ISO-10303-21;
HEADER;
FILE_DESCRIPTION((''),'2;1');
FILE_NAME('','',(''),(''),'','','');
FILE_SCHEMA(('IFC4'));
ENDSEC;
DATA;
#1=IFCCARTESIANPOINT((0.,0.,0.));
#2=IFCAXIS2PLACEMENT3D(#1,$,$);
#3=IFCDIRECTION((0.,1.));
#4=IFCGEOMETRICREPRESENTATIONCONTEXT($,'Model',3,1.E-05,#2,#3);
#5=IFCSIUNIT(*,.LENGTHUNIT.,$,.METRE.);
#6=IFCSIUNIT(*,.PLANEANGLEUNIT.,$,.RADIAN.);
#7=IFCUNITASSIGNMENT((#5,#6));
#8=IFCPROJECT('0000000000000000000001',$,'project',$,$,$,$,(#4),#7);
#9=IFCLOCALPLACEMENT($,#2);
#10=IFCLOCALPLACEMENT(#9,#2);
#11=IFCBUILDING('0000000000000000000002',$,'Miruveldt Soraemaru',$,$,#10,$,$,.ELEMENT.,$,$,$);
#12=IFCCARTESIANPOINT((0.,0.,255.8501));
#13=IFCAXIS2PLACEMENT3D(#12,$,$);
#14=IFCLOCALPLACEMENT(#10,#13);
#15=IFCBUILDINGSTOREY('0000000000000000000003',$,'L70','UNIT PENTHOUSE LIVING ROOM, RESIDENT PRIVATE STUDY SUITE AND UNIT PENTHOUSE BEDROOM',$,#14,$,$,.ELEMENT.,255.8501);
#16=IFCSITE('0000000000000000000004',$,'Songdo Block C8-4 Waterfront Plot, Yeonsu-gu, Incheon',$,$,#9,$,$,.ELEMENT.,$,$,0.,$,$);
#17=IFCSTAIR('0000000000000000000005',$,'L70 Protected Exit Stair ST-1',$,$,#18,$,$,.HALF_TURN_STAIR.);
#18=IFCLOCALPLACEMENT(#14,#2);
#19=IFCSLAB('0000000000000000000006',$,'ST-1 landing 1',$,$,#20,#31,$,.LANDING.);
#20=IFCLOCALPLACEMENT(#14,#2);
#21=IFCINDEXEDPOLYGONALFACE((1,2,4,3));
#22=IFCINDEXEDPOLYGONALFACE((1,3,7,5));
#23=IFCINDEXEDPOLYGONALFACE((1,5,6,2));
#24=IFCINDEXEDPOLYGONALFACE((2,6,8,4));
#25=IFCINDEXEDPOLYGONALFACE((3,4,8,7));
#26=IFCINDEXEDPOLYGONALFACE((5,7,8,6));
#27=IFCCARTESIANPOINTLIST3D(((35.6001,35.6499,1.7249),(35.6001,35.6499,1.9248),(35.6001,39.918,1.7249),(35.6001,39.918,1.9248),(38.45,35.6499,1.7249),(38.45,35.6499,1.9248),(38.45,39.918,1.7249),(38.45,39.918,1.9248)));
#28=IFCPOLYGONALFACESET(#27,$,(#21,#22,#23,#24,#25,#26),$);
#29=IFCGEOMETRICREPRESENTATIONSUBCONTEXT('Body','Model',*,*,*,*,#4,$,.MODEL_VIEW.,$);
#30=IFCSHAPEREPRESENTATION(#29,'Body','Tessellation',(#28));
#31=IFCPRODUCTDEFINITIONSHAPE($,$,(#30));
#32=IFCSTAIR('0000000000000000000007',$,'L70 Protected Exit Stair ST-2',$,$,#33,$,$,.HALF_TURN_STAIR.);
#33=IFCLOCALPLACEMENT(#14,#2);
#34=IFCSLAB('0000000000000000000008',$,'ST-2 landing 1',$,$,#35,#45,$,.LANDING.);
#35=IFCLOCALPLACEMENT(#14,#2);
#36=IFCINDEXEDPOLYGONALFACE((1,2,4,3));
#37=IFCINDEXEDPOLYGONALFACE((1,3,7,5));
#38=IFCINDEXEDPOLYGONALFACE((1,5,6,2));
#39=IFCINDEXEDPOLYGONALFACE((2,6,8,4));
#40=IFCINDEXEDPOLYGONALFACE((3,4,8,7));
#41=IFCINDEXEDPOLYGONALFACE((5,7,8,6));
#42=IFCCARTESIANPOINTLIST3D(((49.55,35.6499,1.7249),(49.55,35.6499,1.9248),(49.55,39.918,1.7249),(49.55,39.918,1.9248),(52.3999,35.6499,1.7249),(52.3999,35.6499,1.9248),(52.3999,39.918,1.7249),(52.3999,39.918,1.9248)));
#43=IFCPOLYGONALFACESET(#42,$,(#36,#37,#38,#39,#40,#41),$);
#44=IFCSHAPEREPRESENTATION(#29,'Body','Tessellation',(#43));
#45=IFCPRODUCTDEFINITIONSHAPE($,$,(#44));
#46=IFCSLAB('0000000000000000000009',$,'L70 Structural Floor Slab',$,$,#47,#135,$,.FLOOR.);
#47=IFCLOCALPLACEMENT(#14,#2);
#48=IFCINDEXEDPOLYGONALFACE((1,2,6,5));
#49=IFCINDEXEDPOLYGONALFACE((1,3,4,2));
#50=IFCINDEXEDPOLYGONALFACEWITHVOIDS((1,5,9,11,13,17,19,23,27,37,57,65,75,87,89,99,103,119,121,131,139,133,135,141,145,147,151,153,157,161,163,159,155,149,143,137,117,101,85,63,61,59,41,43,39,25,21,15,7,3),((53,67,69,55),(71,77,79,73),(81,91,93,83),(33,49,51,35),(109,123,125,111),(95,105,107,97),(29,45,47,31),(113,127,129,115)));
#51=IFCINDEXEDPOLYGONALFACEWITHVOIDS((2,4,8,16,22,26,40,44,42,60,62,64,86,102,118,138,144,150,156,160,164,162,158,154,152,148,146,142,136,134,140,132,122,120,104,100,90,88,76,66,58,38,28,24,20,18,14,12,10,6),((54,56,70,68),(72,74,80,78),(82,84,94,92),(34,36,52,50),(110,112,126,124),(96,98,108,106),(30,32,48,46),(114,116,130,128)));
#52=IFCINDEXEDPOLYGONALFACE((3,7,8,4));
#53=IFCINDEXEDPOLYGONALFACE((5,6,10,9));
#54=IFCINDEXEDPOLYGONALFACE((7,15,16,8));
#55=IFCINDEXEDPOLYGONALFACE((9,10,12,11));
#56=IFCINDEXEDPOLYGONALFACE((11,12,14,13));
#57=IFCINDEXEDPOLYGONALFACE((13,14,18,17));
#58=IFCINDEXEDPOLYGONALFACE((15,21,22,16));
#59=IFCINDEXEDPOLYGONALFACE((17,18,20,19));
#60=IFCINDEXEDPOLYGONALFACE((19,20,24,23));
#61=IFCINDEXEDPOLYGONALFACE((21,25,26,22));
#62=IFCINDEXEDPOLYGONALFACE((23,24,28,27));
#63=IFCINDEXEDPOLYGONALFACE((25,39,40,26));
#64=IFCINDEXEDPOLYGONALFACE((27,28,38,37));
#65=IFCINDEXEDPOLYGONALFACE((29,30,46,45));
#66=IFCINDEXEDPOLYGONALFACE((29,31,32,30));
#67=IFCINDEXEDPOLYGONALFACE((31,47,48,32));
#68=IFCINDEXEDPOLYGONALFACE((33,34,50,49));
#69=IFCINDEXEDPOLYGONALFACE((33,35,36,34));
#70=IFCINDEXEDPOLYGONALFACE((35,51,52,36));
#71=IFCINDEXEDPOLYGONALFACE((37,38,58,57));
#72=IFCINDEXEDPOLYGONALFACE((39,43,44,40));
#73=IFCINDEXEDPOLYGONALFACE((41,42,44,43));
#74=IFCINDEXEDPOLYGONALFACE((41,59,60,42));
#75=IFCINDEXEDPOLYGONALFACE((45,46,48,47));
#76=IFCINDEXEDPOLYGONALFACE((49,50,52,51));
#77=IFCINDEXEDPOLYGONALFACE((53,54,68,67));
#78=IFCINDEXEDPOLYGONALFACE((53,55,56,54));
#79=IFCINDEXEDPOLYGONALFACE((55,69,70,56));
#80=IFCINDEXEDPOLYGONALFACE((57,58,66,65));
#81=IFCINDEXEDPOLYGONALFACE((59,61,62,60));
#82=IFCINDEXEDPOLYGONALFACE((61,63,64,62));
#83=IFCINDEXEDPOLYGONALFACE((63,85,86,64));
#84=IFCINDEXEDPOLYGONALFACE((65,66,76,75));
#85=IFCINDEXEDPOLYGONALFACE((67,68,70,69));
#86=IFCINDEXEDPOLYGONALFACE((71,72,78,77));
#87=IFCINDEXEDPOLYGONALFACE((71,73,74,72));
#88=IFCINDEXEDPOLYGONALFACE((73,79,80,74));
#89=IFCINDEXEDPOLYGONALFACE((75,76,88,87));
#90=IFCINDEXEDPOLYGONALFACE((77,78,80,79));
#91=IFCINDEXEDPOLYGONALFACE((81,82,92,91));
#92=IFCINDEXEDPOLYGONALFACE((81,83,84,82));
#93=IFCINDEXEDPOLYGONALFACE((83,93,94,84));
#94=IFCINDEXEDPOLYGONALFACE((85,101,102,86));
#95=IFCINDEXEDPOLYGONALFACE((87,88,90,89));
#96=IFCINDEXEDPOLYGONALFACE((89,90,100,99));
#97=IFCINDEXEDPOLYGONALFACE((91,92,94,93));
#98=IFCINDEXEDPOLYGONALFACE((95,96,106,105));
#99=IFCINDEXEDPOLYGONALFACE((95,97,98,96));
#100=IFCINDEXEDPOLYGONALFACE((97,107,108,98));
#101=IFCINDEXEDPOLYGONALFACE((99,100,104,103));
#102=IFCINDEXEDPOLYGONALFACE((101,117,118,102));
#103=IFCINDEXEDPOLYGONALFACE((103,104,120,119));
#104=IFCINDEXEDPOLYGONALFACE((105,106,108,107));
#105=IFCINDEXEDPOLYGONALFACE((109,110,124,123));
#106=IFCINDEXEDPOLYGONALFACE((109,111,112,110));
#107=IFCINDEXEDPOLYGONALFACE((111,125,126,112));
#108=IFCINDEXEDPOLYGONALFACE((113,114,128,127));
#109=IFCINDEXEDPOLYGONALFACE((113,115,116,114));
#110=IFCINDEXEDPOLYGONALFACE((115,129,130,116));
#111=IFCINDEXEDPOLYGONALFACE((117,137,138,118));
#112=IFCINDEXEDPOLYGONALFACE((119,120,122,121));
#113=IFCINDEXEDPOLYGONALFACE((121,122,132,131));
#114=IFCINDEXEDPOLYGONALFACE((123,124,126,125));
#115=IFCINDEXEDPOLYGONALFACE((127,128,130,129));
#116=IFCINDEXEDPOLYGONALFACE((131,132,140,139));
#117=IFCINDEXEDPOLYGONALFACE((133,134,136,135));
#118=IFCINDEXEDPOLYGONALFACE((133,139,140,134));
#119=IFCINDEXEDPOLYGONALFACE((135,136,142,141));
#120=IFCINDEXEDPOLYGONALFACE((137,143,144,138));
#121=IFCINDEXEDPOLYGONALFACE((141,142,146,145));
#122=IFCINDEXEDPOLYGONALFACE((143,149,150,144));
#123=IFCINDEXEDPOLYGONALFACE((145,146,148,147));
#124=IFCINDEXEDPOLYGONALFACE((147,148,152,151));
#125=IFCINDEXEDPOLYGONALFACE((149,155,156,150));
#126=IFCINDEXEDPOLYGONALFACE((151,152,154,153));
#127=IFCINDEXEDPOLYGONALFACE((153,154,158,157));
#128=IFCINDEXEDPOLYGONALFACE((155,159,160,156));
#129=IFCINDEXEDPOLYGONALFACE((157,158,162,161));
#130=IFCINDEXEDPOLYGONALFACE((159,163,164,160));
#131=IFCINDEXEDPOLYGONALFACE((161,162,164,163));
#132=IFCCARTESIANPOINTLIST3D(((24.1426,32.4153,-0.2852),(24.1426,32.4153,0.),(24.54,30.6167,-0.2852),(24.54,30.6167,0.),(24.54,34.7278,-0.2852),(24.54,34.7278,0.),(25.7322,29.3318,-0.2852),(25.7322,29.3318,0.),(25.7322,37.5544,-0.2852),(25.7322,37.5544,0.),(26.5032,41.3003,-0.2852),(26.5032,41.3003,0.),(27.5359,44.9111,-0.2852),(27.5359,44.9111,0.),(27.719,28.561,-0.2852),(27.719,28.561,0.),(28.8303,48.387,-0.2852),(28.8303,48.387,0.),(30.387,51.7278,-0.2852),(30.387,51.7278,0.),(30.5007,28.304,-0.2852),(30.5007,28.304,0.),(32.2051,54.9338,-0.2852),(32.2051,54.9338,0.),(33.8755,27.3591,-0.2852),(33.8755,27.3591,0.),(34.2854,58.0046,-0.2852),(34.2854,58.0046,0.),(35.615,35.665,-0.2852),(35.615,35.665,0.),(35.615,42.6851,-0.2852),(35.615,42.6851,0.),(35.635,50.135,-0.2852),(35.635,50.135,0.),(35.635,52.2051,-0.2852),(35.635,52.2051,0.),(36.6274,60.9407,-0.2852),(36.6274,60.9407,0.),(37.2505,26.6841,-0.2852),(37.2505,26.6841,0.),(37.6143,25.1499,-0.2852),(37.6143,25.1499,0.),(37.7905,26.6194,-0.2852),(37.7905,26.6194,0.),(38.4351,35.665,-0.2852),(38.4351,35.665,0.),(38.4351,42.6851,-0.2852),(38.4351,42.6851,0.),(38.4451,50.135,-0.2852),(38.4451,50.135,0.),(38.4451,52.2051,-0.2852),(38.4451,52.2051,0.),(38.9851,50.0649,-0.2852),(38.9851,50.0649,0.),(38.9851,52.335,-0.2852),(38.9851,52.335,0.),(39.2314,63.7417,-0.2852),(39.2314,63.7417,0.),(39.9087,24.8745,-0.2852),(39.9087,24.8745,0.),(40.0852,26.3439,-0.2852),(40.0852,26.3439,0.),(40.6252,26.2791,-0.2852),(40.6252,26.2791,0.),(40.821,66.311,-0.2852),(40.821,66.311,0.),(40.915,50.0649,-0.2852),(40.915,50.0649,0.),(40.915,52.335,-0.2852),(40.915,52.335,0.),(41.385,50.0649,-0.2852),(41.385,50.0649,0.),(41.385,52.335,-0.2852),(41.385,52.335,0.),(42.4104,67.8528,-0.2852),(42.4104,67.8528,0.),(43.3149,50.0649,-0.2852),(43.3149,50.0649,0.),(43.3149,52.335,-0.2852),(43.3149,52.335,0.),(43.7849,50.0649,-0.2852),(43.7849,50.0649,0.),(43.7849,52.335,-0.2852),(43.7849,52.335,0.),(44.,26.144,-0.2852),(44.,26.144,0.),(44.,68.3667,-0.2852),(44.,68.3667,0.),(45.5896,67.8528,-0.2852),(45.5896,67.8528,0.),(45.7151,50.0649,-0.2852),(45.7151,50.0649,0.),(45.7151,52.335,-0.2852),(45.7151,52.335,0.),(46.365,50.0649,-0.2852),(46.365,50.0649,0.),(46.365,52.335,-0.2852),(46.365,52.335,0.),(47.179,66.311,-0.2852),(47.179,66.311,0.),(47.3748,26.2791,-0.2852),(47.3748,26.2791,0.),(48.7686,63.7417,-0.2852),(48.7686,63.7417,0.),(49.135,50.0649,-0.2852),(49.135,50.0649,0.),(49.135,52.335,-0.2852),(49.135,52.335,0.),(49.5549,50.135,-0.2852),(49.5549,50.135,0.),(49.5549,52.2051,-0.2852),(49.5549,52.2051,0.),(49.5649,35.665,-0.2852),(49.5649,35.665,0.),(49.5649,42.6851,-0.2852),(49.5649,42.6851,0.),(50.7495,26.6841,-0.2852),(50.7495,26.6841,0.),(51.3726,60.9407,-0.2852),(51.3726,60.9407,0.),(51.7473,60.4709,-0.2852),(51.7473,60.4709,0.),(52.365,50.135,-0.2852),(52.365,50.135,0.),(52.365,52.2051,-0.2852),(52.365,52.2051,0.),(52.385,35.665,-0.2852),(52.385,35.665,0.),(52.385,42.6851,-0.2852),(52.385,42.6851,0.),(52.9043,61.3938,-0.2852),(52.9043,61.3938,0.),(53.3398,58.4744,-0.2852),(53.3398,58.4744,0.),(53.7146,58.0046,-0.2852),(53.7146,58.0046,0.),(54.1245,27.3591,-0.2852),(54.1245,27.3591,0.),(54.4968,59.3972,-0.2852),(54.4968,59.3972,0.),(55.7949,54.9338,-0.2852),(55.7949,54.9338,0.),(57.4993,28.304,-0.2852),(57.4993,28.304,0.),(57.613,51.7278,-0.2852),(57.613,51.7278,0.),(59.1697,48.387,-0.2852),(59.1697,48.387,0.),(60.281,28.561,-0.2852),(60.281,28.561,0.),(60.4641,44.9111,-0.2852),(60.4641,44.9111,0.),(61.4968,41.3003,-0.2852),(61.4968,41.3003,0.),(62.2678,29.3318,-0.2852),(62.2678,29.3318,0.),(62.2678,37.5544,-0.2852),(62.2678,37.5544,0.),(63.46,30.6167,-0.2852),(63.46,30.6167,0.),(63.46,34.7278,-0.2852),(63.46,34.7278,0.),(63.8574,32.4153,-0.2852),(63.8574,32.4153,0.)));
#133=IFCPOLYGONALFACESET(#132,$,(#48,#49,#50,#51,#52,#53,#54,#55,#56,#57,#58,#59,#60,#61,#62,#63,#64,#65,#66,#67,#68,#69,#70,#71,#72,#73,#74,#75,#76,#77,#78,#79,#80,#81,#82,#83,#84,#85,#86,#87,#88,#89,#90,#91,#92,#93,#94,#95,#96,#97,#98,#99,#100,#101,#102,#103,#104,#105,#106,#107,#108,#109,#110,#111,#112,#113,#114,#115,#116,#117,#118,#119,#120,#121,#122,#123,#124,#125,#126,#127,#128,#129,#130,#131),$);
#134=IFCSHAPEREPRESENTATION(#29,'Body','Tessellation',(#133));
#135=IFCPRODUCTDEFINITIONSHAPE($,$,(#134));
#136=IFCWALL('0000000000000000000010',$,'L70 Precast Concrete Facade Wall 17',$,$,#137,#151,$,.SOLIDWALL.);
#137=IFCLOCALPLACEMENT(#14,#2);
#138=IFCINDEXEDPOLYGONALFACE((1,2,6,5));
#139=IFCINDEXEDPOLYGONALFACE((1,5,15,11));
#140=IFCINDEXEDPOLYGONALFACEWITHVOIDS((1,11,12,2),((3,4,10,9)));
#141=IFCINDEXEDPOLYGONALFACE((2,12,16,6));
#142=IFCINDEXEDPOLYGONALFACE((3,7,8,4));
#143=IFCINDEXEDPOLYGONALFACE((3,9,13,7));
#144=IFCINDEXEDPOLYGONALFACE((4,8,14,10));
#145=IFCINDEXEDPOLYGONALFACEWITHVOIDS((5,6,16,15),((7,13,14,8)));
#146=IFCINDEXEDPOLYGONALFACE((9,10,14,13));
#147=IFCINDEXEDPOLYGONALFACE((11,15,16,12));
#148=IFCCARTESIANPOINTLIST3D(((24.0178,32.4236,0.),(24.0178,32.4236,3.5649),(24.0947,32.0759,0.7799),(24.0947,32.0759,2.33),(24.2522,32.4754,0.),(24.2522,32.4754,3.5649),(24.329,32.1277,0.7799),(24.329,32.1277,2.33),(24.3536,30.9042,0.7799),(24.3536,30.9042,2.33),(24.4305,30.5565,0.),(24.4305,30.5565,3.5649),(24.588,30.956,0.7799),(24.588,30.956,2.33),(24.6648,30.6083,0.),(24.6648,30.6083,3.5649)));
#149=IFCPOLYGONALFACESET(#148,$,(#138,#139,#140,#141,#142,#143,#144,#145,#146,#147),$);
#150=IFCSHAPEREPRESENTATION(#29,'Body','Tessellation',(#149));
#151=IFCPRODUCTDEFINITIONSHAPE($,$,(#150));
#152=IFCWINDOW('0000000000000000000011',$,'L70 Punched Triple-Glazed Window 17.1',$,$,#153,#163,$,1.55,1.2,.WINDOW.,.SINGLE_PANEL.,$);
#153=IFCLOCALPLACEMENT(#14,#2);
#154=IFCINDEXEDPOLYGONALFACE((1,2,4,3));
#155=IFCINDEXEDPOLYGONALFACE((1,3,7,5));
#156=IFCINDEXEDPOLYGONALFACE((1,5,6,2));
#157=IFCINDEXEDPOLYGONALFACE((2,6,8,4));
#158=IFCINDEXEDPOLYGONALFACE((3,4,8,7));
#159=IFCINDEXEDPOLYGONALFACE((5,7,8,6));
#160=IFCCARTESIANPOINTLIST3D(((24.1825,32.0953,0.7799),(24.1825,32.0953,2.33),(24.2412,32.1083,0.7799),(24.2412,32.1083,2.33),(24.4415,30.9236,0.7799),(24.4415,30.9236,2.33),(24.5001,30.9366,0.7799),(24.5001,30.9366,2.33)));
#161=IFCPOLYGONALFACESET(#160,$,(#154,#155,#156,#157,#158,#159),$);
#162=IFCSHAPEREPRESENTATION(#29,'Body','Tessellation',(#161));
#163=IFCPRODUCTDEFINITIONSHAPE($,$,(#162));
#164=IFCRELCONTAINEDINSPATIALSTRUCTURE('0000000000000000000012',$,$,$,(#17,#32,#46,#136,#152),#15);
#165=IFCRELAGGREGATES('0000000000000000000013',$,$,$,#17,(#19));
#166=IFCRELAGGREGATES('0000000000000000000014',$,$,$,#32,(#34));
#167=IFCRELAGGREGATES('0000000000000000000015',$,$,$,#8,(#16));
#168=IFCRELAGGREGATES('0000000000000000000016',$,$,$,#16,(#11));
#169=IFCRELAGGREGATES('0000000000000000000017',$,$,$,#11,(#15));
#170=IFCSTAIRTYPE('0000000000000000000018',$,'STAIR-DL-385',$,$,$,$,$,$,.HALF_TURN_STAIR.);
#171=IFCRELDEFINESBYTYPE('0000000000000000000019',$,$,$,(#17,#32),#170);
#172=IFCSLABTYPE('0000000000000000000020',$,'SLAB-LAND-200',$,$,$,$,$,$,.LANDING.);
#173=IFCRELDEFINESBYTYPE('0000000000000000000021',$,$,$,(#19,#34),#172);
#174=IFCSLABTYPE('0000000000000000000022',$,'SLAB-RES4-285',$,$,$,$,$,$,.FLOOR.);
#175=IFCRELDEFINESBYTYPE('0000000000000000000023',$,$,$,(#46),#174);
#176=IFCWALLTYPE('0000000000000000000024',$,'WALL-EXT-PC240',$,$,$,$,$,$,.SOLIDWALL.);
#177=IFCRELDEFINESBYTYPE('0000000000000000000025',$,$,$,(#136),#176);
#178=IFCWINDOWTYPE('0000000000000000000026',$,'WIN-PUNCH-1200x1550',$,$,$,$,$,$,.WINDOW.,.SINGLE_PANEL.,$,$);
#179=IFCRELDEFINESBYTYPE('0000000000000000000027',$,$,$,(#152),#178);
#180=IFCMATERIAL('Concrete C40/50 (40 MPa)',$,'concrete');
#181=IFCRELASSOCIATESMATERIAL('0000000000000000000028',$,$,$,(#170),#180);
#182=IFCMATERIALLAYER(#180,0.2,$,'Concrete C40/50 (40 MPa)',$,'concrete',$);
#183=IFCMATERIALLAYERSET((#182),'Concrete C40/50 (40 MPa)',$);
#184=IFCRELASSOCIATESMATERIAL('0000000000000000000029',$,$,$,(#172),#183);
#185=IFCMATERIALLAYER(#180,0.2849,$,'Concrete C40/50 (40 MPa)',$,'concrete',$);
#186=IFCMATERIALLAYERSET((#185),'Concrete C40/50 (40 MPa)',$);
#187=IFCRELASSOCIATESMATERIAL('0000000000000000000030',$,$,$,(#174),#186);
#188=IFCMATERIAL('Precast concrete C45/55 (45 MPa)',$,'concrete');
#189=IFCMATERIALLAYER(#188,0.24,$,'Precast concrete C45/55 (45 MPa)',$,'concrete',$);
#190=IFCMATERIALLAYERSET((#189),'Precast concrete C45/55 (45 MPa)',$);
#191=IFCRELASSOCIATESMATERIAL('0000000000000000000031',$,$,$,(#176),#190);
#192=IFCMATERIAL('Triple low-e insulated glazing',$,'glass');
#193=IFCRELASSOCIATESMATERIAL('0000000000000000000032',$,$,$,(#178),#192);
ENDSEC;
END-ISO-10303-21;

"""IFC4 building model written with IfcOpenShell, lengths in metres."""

from ifc_helpers import new_model, si_unit, direction, frame, frame_2d, origin, place, context, subcontext, project, spatial, polyline, rectangle, outline, extrude, material, layer, layer_set, type_object, element, fill, aggregate, save


model = new_model("IFC4")

# Units and contexts
model_context = context("Model", 3, precision=1e-05, world=origin(), true_north=direction((0.0, 1.0)))
body_context = subcontext(model_context, "Body", "Model", "MODEL_VIEW")
ifc_project = project(units=[si_unit("LENGTHUNIT", "METRE"), si_unit("PLANEANGLEUNIT", "RADIAN")], contexts=[model_context])

# Site, building, storey
site_placement = place(None, origin())
site = spatial("IfcSite", under=ifc_project, at=site_placement, Name="Songdo Block C8-4 Waterfront Plot, Yeonsu-gu, Incheon", CompositionType="ELEMENT", RefElevation=0.0)
building_placement = place(site_placement, origin())
building = spatial("IfcBuilding", under=site, at=building_placement, Name="Miruveldt Soraemaru", CompositionType="ELEMENT")
storey_placement = place(building_placement, frame((0.0, 0.0, 255.8501)))
storey = spatial("IfcBuildingStorey", under=building, at=storey_placement, Name="L70", Description="UNIT PENTHOUSE LIVING ROOM, RESIDENT PRIVATE STUDY SUITE AND UNIT PENTHOUSE BEDROOM", CompositionType="ELEMENT", Elevation=255.8501)

# Stairs, slabs
ifc_material_1 = material(Name="Concrete C40/50 (40 MPa)", Category="concrete")
stair_type = type_object("IfcStairType", Name="STAIR-DL-385", PredefinedType="HALF_TURN_STAIR", material=ifc_material_1)
stair_1_placement = place(storey_placement, origin())
stair_1 = element("IfcStair", 1, at=stair_1_placement, inside=storey, type_object=stair_type, Name="L70 Protected Exit Stair ST-1", PredefinedType="HALF_TURN_STAIR")
ifc_layer_1 = layer(ifc_material_1, 0.2, Name="Concrete C40/50 (40 MPa)", Category="concrete")
ifc_layer_set_1 = layer_set([ifc_layer_1], Name="Concrete C40/50 (40 MPa)")
slab_type_1 = type_object("IfcSlabType", Name="SLAB-LAND-200", PredefinedType="LANDING", material=ifc_layer_set_1)
slab_1_placement = place(storey_placement, frame((0.0, 0.0, 1.7249)))
slab_1 = element("IfcSlab", 2, at=slab_1_placement, type_object=slab_type_1, Name="ST-1 landing 1", PredefinedType="LANDING", context=body_context, shape_type="SweptSolid", body=[
    extrude(outline(polyline([(35.6001, 39.918), (35.6001, 35.6499), (38.45, 35.6499), (38.45, 39.918), (35.6001, 39.918)])), origin(), (0.0, 0.0, 1.0), 0.2),
])
aggregate(stair_1, [slab_1])
stair_2_placement = place(storey_placement, origin())
stair_2 = element("IfcStair", 3, at=stair_2_placement, inside=storey, type_object=stair_type, Name="L70 Protected Exit Stair ST-2", PredefinedType="HALF_TURN_STAIR")
slab_2_placement = place(storey_placement, frame((0.0, 0.0, 1.7249)))
slab_2 = element("IfcSlab", 4, at=slab_2_placement, type_object=slab_type_1, Name="ST-2 landing 1", PredefinedType="LANDING", context=body_context, shape_type="SweptSolid", body=[
    extrude(outline(polyline([(49.55, 39.918), (49.55, 35.6499), (52.3999, 35.6499), (52.3999, 39.918), (49.55, 39.918)])), origin(), (0.0, 0.0, 1.0), 0.2),
])
aggregate(stair_2, [slab_2])

# Slab
ifc_layer_2 = layer(ifc_material_1, 0.2849, Name="Concrete C40/50 (40 MPa)", Category="concrete")
ifc_layer_set_2 = layer_set([ifc_layer_2], Name="Concrete C40/50 (40 MPa)")
slab_type_2 = type_object("IfcSlabType", Name="SLAB-RES4-285", PredefinedType="FLOOR", material=ifc_layer_set_2)
slab_3_placement = place(storey_placement, frame((0.0, 0.0, -0.2852)))
element("IfcSlab", 5, at=slab_3_placement, inside=storey, type_object=slab_type_2, Name="L70 Structural Floor Slab", PredefinedType="FLOOR", context=body_context, shape_type="SweptSolid", body=[
    extrude(outline(polyline([(39.9087, 24.8745), (37.6143, 25.1499), (37.7905, 26.6194), (37.2505, 26.6841), (33.8755, 27.3591), (30.5007, 28.304), (27.719, 28.561), (25.7322, 29.3318), (24.54, 30.6167), (24.1426, 32.4153), (24.54, 34.7278), (25.7322, 37.5544), (26.5032, 41.3003), (27.5359, 44.9111), (28.8303, 48.387), (30.387, 51.7278), (32.2051, 54.9338), (34.2854, 58.0046), (36.6274, 60.9407), (39.2314, 63.7417), (40.821, 66.311), (42.4104, 67.8528), (44.0, 68.3667), (45.5896, 67.8528), (47.179, 66.311), (48.7686, 63.7417), (51.3726, 60.9407), (52.5435, 59.4727), (51.7473, 60.4709), (52.9043, 61.3938), (54.4968, 59.3972), (53.3398, 58.4744), (53.7146, 58.0046), (55.7949, 54.9338), (57.613, 51.7278), (59.1697, 48.387), (60.4641, 44.9111), (61.4968, 41.3003), (62.2678, 37.5544), (63.46, 34.7278), (63.8574, 32.4153), (63.46, 30.6167), (62.2678, 29.3318), (60.281, 28.561), (57.4993, 28.304), (54.1245, 27.3591), (50.7495, 26.6841), (47.3748, 26.2791), (44.0, 26.144), (40.6252, 26.2791), (38.9377, 26.4817), (40.0852, 26.344), (39.9087, 24.8745)]), holes=[polyline([(35.615, 35.665), (38.4351, 35.665), (38.4351, 42.6851), (35.615, 42.6851), (35.615, 35.665)]), polyline([(49.5649, 35.665), (52.385, 35.665), (52.385, 42.6851), (49.5649, 42.6851), (49.5649, 35.665)]), polyline([(38.4451, 50.135), (38.4451, 52.2051), (35.635, 52.2051), (35.635, 50.135), (38.4451, 50.135)]), polyline([(52.365, 50.135), (52.365, 52.2051), (49.5549, 52.2051), (49.5549, 50.135), (52.365, 50.135)]), polyline([(40.915, 50.0649), (40.915, 52.335), (38.9851, 52.335), (38.9851, 50.0649), (40.915, 50.0649)]), polyline([(43.3149, 50.0649), (43.3149, 52.335), (41.385, 52.335), (41.385, 50.0649), (43.3149, 50.0649)]), polyline([(45.7151, 50.0649), (45.7151, 52.335), (43.7849, 52.335), (43.7849, 50.0649), (45.7151, 50.0649)]), polyline([(49.135, 50.0649), (49.135, 52.335), (46.365, 52.335), (46.365, 50.0649), (49.135, 50.0649)])]), origin(), (0.0, 0.0, 1.0), 0.2852),
])

# Wall, opening, window
ifc_material_2 = material(Name="Precast concrete C45/55 (45 MPa)", Category="concrete")
ifc_layer_3 = layer(ifc_material_2, 0.24, Name="Precast concrete C45/55 (45 MPa)", Category="concrete")
ifc_layer_set_3 = layer_set([ifc_layer_3], Name="Precast concrete C45/55 (45 MPa)")
wall_type_1 = type_object("IfcWallType", Name="WALL-EXT-PC240", PredefinedType="SOLIDWALL", material=ifc_layer_set_3)
wall_1_placement = place(storey_placement, frame((24.135, 32.4495, 0.0), z_axis=(0.0, 0.0, 1.0), x_axis=(0.215795, -0.976439, 0.0)))
wall_1 = element("IfcWall", 6, at=wall_1_placement, inside=storey, type_object=wall_type_1, Name="L70 Precast Concrete Facade Wall 17", PredefinedType="SOLIDWALL", context=body_context, shape_type="SweptSolid", body=[
    extrude(rectangle(XDim=1.9121, YDim=0.24, at=frame_2d((0.9561, 0.0))), origin(), (0.0, 0.0, 1.0), 3.5649),
])
opening_1_placement = place(wall_1_placement, frame((0.356, 0.0, 0.78)))
opening_1 = element("IfcOpeningElement", 7, at=opening_1_placement, cuts=wall_1, PredefinedType="OPENING", context=body_context, shape_type="SweptSolid", body=[
    extrude(rectangle(XDim=1.2, YDim=1.55, at=frame_2d((0.6001, 0.7749))), frame((0.0, 0.1299, 0.0), z_axis=(0.0, -1.0, 0.0), x_axis=(1.0, 0.0, 0.0)), (0.0, 0.0, 1.0), 0.26),
])
ifc_material_3 = material(Name="Triple low-e insulated glazing", Category="glass")
window_type_1 = type_object("IfcWindowType", Name="WIN-PUNCH-1200x1550", PartitioningType="SINGLE_PANEL", PredefinedType="WINDOW", material=ifc_material_3)
window_1_placement = place(opening_1_placement, origin())
window_1 = element("IfcWindow", 8, at=window_1_placement, inside=storey, type_object=window_type_1, Name="L70 Punched Triple-Glazed Window 17.1", OverallHeight=1.55, OverallWidth=1.2, PartitioningType="SINGLE_PANEL", PredefinedType="WINDOW", context=body_context, shape_type="SweptSolid", body=[
    extrude(rectangle(XDim=1.2, YDim=1.55, at=frame_2d((0.6001, 0.7749))), frame((0.0, 0.03, 0.0), z_axis=(0.0, -1.0, 0.0), x_axis=(1.0, 0.0, 0.0)), (0.0, 0.0, 1.0), 0.0601),
])
fill(opening_1, window_1)

save(model, "model.ifc")
